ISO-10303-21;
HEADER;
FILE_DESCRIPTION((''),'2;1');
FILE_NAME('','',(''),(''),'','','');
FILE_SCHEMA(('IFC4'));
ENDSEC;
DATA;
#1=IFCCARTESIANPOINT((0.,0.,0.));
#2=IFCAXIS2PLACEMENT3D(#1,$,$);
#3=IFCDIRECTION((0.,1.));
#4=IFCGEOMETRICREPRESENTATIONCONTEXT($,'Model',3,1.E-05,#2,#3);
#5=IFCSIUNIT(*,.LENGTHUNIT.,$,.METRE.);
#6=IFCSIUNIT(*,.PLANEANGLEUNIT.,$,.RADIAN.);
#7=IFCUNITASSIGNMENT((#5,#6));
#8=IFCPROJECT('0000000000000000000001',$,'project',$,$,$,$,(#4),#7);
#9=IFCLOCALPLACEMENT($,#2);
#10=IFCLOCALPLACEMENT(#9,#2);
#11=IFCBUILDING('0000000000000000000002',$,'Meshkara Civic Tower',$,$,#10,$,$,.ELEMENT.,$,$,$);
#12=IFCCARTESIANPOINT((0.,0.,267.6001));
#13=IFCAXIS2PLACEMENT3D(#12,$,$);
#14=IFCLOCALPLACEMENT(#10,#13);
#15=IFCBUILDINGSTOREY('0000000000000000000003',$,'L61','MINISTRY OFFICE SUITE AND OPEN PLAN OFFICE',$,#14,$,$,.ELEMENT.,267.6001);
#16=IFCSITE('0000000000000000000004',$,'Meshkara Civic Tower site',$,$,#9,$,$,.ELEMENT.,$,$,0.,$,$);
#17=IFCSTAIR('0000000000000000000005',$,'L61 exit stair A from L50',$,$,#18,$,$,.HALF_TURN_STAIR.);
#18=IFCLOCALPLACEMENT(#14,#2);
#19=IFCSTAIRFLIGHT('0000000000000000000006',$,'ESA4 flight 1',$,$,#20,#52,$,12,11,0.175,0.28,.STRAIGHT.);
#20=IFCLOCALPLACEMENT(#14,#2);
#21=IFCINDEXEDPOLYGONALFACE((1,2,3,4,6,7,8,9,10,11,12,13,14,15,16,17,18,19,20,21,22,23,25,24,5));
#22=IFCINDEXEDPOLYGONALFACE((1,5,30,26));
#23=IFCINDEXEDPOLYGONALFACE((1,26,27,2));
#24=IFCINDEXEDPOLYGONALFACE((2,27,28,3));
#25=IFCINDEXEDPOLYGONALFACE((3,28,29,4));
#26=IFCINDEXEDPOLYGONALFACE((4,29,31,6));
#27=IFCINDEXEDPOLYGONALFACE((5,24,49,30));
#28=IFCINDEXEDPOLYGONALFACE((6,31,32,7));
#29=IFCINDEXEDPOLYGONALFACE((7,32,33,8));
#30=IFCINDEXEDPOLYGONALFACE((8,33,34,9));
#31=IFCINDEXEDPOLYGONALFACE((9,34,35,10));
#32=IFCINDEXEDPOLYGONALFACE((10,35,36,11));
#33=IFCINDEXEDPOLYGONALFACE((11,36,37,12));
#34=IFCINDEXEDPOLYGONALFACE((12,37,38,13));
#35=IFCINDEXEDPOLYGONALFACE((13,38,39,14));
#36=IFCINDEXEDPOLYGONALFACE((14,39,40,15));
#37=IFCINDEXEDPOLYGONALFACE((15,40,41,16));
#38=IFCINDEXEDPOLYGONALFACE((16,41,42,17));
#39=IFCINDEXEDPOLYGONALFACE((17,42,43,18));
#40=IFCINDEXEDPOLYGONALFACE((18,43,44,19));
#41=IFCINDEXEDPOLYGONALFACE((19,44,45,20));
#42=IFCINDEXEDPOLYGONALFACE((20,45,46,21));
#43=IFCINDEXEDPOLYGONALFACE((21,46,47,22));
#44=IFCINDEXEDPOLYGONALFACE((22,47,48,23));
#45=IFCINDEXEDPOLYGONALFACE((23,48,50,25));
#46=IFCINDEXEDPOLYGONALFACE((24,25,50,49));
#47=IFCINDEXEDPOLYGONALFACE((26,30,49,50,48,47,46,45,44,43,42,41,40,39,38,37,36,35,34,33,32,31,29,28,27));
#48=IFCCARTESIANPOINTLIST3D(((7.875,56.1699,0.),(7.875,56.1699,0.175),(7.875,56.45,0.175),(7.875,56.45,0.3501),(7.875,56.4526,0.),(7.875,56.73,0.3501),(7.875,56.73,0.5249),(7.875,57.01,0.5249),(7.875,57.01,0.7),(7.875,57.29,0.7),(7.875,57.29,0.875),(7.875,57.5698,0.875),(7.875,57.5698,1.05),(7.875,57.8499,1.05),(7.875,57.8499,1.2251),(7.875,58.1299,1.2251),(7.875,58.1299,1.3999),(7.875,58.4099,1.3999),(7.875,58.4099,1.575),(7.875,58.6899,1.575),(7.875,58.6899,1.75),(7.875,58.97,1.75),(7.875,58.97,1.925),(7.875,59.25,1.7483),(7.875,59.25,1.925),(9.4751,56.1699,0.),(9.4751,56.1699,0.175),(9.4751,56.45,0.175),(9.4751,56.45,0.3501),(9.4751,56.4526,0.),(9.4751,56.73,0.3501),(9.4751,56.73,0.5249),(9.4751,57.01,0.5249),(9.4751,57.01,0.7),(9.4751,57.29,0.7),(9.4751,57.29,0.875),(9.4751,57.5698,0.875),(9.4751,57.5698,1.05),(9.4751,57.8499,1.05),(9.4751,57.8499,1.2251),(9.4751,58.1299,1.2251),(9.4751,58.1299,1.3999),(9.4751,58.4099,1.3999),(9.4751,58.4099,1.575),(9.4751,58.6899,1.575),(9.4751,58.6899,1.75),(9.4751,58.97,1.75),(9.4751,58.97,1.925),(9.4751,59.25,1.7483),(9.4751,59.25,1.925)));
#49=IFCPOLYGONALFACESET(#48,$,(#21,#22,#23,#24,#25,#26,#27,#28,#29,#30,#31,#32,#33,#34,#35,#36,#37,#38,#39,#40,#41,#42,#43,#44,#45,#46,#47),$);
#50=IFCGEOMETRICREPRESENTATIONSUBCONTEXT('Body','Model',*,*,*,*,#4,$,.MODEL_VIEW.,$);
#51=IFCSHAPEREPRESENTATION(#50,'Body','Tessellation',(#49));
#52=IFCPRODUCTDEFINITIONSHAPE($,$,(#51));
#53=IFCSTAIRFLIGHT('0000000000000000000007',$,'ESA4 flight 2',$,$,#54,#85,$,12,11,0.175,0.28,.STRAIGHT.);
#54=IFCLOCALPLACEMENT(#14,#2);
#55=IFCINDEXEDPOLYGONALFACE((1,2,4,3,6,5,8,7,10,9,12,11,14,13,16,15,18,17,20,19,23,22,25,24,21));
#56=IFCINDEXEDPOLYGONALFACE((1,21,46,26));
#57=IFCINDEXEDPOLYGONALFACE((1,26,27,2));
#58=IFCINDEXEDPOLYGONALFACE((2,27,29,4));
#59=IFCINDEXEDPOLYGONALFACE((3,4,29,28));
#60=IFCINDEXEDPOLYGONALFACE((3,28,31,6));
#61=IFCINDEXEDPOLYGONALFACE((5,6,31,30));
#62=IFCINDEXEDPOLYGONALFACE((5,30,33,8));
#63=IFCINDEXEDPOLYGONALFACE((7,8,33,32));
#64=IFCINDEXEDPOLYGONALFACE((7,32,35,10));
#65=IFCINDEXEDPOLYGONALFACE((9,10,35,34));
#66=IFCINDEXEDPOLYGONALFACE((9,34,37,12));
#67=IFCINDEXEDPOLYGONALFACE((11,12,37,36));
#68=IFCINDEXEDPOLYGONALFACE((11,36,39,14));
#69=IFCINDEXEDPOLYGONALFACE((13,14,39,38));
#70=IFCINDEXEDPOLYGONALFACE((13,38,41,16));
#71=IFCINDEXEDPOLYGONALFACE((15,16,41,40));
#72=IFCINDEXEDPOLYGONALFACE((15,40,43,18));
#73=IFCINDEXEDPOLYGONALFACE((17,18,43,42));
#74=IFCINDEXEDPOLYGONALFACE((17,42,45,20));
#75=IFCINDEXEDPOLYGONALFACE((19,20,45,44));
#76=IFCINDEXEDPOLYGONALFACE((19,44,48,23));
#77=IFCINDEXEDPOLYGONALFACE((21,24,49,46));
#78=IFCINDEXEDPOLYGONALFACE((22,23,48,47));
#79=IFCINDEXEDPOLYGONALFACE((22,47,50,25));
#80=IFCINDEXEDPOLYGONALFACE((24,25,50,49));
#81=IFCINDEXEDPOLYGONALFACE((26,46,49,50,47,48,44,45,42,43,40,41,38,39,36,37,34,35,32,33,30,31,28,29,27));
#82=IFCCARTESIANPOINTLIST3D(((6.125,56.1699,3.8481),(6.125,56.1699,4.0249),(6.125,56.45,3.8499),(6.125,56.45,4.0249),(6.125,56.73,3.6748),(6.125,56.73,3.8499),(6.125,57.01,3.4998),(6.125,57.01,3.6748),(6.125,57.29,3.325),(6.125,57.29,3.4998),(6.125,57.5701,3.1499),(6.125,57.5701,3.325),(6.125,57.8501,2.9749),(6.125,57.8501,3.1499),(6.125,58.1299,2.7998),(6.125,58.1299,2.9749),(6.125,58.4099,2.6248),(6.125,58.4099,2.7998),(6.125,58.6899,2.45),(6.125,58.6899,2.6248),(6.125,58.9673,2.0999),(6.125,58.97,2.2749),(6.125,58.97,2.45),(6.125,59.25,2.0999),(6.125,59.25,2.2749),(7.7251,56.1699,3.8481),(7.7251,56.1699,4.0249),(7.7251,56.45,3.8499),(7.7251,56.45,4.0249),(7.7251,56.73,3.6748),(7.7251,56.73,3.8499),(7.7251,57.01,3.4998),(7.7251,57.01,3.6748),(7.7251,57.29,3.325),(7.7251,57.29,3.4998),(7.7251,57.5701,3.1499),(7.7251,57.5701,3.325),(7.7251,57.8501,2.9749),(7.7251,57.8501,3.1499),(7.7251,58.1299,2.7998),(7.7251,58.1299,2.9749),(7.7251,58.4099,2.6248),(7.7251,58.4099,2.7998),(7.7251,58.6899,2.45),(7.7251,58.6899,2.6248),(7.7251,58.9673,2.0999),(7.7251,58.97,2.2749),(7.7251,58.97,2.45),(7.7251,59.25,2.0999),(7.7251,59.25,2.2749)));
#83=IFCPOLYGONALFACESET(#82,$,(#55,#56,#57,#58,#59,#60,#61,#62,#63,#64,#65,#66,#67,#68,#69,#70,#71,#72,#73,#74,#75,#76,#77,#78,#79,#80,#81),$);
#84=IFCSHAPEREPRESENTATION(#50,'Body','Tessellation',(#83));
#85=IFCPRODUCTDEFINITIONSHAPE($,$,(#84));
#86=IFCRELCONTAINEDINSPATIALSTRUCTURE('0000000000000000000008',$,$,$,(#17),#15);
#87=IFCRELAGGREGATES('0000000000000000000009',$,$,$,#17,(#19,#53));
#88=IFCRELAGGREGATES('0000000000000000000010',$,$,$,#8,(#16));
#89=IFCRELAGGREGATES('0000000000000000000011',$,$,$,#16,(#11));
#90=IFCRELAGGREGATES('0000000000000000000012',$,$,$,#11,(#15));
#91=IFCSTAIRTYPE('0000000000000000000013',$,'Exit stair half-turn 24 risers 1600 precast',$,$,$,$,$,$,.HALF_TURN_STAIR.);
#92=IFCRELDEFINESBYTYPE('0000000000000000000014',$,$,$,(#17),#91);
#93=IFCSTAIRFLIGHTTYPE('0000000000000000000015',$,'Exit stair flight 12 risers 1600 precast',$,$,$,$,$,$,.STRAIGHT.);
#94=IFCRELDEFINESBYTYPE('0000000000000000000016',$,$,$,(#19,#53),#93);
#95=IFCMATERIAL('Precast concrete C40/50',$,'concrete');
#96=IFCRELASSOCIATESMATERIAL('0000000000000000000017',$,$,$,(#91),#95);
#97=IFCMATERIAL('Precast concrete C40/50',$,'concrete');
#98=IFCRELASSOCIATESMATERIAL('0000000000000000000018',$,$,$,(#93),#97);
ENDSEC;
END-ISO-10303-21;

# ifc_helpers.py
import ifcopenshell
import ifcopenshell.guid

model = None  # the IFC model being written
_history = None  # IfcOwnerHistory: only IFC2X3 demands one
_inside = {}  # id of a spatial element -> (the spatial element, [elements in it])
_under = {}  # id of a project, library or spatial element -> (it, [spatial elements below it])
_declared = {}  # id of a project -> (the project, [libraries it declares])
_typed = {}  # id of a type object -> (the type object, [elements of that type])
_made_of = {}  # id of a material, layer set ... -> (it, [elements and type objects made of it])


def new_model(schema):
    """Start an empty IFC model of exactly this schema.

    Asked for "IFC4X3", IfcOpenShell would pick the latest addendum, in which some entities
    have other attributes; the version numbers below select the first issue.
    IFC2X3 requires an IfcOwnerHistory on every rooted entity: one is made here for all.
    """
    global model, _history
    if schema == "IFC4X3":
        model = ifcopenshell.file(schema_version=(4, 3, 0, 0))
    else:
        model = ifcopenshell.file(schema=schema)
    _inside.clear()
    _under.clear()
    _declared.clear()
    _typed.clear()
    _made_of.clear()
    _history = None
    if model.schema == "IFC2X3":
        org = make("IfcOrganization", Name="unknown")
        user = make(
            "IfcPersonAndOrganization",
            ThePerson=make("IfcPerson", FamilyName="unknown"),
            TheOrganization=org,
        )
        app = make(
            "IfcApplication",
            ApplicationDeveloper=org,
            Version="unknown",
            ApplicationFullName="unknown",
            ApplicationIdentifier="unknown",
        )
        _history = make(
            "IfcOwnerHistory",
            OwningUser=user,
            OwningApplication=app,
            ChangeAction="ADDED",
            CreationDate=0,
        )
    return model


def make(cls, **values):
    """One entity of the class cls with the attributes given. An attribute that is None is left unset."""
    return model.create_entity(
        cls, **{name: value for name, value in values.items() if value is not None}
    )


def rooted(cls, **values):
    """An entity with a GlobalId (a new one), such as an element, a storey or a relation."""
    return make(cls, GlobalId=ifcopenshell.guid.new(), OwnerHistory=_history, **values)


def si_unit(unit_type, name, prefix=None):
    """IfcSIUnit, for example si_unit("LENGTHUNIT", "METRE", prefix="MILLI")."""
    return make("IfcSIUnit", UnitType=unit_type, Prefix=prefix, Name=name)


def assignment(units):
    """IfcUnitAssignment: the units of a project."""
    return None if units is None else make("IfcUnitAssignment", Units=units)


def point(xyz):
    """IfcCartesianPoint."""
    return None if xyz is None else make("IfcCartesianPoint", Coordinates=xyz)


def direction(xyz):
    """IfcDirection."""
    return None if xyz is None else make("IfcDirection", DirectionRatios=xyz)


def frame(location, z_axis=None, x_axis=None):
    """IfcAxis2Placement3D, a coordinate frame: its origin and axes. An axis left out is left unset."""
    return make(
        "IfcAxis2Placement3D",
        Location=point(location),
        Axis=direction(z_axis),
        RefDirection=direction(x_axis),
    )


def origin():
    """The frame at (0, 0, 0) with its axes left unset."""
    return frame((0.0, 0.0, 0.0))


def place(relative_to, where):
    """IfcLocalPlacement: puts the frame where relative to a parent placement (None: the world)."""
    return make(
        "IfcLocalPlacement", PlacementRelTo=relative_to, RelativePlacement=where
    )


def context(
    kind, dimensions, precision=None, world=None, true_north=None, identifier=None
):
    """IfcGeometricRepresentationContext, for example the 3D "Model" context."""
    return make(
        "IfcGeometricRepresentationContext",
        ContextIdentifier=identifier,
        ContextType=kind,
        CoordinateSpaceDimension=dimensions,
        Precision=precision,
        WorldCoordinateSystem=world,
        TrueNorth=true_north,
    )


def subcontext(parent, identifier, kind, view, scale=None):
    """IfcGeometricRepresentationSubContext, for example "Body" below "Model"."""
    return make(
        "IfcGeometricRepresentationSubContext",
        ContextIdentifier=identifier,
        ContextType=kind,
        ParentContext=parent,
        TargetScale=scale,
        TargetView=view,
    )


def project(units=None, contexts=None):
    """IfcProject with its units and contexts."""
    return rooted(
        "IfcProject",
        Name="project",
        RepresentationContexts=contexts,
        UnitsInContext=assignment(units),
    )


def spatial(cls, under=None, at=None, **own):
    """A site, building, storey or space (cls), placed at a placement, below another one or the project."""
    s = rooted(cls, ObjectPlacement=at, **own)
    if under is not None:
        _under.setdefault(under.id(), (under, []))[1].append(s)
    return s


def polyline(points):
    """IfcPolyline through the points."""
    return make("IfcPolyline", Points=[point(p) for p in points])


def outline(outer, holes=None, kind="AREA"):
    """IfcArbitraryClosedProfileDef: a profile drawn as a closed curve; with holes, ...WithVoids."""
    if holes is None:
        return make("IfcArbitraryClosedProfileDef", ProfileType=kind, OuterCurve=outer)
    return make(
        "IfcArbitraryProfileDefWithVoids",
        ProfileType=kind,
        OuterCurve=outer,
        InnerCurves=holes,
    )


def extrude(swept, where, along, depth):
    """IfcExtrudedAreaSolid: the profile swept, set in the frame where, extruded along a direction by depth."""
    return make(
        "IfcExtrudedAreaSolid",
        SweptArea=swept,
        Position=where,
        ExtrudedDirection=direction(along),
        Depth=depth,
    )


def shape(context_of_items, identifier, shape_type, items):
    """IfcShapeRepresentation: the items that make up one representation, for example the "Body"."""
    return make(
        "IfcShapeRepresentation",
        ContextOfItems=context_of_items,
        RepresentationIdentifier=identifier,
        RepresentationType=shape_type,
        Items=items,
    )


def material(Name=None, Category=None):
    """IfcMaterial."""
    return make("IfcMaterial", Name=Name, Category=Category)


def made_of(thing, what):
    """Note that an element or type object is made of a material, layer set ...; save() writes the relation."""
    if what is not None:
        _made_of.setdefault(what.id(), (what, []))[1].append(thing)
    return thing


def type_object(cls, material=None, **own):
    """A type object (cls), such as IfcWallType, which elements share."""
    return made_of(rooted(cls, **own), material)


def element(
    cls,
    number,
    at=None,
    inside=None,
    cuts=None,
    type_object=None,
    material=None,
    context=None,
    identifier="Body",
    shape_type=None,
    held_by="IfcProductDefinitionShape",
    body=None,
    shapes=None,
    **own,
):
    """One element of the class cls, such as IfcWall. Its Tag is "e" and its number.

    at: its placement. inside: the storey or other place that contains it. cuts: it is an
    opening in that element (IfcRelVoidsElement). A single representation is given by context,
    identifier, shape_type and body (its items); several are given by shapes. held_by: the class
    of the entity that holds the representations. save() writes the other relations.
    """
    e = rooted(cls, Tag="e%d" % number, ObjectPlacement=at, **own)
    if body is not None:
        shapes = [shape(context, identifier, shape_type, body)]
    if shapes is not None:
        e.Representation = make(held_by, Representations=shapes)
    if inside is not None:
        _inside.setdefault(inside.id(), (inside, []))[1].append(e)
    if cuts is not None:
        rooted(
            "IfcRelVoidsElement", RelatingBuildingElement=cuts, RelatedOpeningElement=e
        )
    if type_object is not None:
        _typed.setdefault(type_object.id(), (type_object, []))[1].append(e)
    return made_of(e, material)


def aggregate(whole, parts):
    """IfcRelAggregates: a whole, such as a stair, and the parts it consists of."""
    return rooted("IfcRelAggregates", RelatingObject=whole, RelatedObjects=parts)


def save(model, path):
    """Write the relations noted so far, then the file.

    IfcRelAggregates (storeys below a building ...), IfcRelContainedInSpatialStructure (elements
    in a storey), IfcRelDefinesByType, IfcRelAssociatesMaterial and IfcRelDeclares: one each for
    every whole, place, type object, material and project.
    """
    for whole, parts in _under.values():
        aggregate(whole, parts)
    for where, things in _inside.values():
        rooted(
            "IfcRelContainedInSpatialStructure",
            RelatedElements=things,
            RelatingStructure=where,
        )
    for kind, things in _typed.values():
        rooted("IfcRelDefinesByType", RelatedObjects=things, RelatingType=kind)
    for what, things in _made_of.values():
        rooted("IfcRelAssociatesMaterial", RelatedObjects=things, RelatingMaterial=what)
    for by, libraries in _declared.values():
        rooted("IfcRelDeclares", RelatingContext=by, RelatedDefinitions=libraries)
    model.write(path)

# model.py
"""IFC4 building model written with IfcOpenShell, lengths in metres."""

from ifc_helpers import new_model, si_unit, direction, frame, origin, place, context, subcontext, project, spatial, polyline, outline, extrude, material, type_object, element, aggregate, save


model = new_model("IFC4")

# Units and contexts
model_context = context("Model", 3, precision=1e-05, world=origin(), true_north=direction((0.0, 1.0)))
body_context = subcontext(model_context, "Body", "Model", "MODEL_VIEW")
ifc_project = project(units=[si_unit("LENGTHUNIT", "METRE"), si_unit("PLANEANGLEUNIT", "RADIAN")], contexts=[model_context])

# Site, building, storey
site_placement = place(None, origin())
site = spatial("IfcSite", under=ifc_project, at=site_placement, Name="Meshkara Civic Tower site", CompositionType="ELEMENT", RefElevation=0.0)
building_placement = place(site_placement, origin())
building = spatial("IfcBuilding", under=site, at=building_placement, Name="Meshkara Civic Tower", CompositionType="ELEMENT")
storey_placement = place(building_placement, frame((0.0, 0.0, 267.6001)))
storey = spatial("IfcBuildingStorey", under=building, at=storey_placement, Name="L61", Description="MINISTRY OFFICE SUITE AND OPEN PLAN OFFICE", CompositionType="ELEMENT", Elevation=267.6001)

# Stair, stair flights
ifc_material_1 = material(Name="Precast concrete C40/50", Category="concrete")
stair_type = type_object("IfcStairType", Name="Exit stair half-turn 24 risers 1600 precast", PredefinedType="HALF_TURN_STAIR", material=ifc_material_1)
stair_placement = place(storey_placement, origin())
stair = element("IfcStair", 1, at=stair_placement, inside=storey, type_object=stair_type, Name="L61 exit stair A from L50", PredefinedType="HALF_TURN_STAIR")
ifc_material_2 = material(Name="Precast concrete C40/50", Category="concrete")
stair_flight_type = type_object("IfcStairFlightType", Name="Exit stair flight 12 risers 1600 precast", PredefinedType="STRAIGHT", material=ifc_material_2)
stair_flight_1_placement = place(storey_placement, frame((8.675, 56.1699, 0.0), z_axis=(0.0, 0.0, 1.0), x_axis=(0.0, 1.0, 0.0)))
stair_flight_1 = element("IfcStairFlight", 2, at=stair_flight_1_placement, type_object=stair_flight_type, Name="ESA4 flight 1", NumberOfRisers=12, NumberOfTreads=11, PredefinedType="STRAIGHT", RiserHeight=0.175, TreadLength=0.28, context=body_context, shape_type="SweptSolid", body=[
    extrude(outline(polyline([(0.0, 0.0), (0.0, 0.175), (0.28, 0.175), (0.28, 0.3501), (0.5601, 0.3501), (0.5601, 0.5249), (0.8401, 0.5249), (0.8401, 0.7), (1.1201, 0.7), (1.1201, 0.875), (1.3999, 0.875), (1.3999, 1.05), (1.6799, 1.05), (1.6799, 1.2251), (1.96, 1.2251), (1.96, 1.3999), (2.24, 1.3999), (2.24, 1.575), (2.52, 1.575), (2.52, 1.75), (2.8, 1.75), (2.8, 1.925), (3.0801, 1.925), (3.0801, 2.1001), (3.0801, 1.7483), (0.2827, 0.0), (0.0, 0.0)])), frame((0.0, 0.8, 0.0), z_axis=(0.0, -1.0, 0.0), x_axis=(1.0, 0.0, 0.0)), (0.0, 0.0, 1.0), 1.6001),
])
stair_flight_2_placement = place(storey_placement, frame((6.925, 59.25, 2.0999), z_axis=(0.0, 0.0, 1.0), x_axis=(0.0, -1.0, 0.0)))
stair_flight_2 = element("IfcStairFlight", 3, at=stair_flight_2_placement, type_object=stair_flight_type, Name="ESA4 flight 2", NumberOfRisers=12, NumberOfTreads=11, PredefinedType="STRAIGHT", RiserHeight=0.175, TreadLength=0.28, context=body_context, shape_type="SweptSolid", body=[
    extrude(outline(polyline([(0.0, 0.0), (0.0, 0.175), (0.28, 0.175), (0.28, 0.3501), (0.5601, 0.3501), (0.5601, 0.5249), (0.8401, 0.5249), (0.8401, 0.7), (1.1201, 0.7), (1.1201, 0.875), (1.3999, 0.875), (1.3999, 1.05), (1.6799, 1.05), (1.6799, 1.2251), (1.96, 1.2251), (1.96, 1.3999), (2.24, 1.3999), (2.24, 1.575), (2.52, 1.575), (2.52, 1.75), (2.8, 1.75), (2.8, 1.925), (3.0801, 1.925), (3.0801, 2.1001), (3.0801, 1.7483), (0.2827, 0.0), (0.0, 0.0)])), frame((0.0, 0.8, 0.0), z_axis=(0.0, -1.0, 0.0), x_axis=(1.0, 0.0, 0.0)), (0.0, 0.0, 1.0), 1.6001),
])
aggregate(stair, [stair_flight_1, stair_flight_2])

save(model, "model.ifc")
